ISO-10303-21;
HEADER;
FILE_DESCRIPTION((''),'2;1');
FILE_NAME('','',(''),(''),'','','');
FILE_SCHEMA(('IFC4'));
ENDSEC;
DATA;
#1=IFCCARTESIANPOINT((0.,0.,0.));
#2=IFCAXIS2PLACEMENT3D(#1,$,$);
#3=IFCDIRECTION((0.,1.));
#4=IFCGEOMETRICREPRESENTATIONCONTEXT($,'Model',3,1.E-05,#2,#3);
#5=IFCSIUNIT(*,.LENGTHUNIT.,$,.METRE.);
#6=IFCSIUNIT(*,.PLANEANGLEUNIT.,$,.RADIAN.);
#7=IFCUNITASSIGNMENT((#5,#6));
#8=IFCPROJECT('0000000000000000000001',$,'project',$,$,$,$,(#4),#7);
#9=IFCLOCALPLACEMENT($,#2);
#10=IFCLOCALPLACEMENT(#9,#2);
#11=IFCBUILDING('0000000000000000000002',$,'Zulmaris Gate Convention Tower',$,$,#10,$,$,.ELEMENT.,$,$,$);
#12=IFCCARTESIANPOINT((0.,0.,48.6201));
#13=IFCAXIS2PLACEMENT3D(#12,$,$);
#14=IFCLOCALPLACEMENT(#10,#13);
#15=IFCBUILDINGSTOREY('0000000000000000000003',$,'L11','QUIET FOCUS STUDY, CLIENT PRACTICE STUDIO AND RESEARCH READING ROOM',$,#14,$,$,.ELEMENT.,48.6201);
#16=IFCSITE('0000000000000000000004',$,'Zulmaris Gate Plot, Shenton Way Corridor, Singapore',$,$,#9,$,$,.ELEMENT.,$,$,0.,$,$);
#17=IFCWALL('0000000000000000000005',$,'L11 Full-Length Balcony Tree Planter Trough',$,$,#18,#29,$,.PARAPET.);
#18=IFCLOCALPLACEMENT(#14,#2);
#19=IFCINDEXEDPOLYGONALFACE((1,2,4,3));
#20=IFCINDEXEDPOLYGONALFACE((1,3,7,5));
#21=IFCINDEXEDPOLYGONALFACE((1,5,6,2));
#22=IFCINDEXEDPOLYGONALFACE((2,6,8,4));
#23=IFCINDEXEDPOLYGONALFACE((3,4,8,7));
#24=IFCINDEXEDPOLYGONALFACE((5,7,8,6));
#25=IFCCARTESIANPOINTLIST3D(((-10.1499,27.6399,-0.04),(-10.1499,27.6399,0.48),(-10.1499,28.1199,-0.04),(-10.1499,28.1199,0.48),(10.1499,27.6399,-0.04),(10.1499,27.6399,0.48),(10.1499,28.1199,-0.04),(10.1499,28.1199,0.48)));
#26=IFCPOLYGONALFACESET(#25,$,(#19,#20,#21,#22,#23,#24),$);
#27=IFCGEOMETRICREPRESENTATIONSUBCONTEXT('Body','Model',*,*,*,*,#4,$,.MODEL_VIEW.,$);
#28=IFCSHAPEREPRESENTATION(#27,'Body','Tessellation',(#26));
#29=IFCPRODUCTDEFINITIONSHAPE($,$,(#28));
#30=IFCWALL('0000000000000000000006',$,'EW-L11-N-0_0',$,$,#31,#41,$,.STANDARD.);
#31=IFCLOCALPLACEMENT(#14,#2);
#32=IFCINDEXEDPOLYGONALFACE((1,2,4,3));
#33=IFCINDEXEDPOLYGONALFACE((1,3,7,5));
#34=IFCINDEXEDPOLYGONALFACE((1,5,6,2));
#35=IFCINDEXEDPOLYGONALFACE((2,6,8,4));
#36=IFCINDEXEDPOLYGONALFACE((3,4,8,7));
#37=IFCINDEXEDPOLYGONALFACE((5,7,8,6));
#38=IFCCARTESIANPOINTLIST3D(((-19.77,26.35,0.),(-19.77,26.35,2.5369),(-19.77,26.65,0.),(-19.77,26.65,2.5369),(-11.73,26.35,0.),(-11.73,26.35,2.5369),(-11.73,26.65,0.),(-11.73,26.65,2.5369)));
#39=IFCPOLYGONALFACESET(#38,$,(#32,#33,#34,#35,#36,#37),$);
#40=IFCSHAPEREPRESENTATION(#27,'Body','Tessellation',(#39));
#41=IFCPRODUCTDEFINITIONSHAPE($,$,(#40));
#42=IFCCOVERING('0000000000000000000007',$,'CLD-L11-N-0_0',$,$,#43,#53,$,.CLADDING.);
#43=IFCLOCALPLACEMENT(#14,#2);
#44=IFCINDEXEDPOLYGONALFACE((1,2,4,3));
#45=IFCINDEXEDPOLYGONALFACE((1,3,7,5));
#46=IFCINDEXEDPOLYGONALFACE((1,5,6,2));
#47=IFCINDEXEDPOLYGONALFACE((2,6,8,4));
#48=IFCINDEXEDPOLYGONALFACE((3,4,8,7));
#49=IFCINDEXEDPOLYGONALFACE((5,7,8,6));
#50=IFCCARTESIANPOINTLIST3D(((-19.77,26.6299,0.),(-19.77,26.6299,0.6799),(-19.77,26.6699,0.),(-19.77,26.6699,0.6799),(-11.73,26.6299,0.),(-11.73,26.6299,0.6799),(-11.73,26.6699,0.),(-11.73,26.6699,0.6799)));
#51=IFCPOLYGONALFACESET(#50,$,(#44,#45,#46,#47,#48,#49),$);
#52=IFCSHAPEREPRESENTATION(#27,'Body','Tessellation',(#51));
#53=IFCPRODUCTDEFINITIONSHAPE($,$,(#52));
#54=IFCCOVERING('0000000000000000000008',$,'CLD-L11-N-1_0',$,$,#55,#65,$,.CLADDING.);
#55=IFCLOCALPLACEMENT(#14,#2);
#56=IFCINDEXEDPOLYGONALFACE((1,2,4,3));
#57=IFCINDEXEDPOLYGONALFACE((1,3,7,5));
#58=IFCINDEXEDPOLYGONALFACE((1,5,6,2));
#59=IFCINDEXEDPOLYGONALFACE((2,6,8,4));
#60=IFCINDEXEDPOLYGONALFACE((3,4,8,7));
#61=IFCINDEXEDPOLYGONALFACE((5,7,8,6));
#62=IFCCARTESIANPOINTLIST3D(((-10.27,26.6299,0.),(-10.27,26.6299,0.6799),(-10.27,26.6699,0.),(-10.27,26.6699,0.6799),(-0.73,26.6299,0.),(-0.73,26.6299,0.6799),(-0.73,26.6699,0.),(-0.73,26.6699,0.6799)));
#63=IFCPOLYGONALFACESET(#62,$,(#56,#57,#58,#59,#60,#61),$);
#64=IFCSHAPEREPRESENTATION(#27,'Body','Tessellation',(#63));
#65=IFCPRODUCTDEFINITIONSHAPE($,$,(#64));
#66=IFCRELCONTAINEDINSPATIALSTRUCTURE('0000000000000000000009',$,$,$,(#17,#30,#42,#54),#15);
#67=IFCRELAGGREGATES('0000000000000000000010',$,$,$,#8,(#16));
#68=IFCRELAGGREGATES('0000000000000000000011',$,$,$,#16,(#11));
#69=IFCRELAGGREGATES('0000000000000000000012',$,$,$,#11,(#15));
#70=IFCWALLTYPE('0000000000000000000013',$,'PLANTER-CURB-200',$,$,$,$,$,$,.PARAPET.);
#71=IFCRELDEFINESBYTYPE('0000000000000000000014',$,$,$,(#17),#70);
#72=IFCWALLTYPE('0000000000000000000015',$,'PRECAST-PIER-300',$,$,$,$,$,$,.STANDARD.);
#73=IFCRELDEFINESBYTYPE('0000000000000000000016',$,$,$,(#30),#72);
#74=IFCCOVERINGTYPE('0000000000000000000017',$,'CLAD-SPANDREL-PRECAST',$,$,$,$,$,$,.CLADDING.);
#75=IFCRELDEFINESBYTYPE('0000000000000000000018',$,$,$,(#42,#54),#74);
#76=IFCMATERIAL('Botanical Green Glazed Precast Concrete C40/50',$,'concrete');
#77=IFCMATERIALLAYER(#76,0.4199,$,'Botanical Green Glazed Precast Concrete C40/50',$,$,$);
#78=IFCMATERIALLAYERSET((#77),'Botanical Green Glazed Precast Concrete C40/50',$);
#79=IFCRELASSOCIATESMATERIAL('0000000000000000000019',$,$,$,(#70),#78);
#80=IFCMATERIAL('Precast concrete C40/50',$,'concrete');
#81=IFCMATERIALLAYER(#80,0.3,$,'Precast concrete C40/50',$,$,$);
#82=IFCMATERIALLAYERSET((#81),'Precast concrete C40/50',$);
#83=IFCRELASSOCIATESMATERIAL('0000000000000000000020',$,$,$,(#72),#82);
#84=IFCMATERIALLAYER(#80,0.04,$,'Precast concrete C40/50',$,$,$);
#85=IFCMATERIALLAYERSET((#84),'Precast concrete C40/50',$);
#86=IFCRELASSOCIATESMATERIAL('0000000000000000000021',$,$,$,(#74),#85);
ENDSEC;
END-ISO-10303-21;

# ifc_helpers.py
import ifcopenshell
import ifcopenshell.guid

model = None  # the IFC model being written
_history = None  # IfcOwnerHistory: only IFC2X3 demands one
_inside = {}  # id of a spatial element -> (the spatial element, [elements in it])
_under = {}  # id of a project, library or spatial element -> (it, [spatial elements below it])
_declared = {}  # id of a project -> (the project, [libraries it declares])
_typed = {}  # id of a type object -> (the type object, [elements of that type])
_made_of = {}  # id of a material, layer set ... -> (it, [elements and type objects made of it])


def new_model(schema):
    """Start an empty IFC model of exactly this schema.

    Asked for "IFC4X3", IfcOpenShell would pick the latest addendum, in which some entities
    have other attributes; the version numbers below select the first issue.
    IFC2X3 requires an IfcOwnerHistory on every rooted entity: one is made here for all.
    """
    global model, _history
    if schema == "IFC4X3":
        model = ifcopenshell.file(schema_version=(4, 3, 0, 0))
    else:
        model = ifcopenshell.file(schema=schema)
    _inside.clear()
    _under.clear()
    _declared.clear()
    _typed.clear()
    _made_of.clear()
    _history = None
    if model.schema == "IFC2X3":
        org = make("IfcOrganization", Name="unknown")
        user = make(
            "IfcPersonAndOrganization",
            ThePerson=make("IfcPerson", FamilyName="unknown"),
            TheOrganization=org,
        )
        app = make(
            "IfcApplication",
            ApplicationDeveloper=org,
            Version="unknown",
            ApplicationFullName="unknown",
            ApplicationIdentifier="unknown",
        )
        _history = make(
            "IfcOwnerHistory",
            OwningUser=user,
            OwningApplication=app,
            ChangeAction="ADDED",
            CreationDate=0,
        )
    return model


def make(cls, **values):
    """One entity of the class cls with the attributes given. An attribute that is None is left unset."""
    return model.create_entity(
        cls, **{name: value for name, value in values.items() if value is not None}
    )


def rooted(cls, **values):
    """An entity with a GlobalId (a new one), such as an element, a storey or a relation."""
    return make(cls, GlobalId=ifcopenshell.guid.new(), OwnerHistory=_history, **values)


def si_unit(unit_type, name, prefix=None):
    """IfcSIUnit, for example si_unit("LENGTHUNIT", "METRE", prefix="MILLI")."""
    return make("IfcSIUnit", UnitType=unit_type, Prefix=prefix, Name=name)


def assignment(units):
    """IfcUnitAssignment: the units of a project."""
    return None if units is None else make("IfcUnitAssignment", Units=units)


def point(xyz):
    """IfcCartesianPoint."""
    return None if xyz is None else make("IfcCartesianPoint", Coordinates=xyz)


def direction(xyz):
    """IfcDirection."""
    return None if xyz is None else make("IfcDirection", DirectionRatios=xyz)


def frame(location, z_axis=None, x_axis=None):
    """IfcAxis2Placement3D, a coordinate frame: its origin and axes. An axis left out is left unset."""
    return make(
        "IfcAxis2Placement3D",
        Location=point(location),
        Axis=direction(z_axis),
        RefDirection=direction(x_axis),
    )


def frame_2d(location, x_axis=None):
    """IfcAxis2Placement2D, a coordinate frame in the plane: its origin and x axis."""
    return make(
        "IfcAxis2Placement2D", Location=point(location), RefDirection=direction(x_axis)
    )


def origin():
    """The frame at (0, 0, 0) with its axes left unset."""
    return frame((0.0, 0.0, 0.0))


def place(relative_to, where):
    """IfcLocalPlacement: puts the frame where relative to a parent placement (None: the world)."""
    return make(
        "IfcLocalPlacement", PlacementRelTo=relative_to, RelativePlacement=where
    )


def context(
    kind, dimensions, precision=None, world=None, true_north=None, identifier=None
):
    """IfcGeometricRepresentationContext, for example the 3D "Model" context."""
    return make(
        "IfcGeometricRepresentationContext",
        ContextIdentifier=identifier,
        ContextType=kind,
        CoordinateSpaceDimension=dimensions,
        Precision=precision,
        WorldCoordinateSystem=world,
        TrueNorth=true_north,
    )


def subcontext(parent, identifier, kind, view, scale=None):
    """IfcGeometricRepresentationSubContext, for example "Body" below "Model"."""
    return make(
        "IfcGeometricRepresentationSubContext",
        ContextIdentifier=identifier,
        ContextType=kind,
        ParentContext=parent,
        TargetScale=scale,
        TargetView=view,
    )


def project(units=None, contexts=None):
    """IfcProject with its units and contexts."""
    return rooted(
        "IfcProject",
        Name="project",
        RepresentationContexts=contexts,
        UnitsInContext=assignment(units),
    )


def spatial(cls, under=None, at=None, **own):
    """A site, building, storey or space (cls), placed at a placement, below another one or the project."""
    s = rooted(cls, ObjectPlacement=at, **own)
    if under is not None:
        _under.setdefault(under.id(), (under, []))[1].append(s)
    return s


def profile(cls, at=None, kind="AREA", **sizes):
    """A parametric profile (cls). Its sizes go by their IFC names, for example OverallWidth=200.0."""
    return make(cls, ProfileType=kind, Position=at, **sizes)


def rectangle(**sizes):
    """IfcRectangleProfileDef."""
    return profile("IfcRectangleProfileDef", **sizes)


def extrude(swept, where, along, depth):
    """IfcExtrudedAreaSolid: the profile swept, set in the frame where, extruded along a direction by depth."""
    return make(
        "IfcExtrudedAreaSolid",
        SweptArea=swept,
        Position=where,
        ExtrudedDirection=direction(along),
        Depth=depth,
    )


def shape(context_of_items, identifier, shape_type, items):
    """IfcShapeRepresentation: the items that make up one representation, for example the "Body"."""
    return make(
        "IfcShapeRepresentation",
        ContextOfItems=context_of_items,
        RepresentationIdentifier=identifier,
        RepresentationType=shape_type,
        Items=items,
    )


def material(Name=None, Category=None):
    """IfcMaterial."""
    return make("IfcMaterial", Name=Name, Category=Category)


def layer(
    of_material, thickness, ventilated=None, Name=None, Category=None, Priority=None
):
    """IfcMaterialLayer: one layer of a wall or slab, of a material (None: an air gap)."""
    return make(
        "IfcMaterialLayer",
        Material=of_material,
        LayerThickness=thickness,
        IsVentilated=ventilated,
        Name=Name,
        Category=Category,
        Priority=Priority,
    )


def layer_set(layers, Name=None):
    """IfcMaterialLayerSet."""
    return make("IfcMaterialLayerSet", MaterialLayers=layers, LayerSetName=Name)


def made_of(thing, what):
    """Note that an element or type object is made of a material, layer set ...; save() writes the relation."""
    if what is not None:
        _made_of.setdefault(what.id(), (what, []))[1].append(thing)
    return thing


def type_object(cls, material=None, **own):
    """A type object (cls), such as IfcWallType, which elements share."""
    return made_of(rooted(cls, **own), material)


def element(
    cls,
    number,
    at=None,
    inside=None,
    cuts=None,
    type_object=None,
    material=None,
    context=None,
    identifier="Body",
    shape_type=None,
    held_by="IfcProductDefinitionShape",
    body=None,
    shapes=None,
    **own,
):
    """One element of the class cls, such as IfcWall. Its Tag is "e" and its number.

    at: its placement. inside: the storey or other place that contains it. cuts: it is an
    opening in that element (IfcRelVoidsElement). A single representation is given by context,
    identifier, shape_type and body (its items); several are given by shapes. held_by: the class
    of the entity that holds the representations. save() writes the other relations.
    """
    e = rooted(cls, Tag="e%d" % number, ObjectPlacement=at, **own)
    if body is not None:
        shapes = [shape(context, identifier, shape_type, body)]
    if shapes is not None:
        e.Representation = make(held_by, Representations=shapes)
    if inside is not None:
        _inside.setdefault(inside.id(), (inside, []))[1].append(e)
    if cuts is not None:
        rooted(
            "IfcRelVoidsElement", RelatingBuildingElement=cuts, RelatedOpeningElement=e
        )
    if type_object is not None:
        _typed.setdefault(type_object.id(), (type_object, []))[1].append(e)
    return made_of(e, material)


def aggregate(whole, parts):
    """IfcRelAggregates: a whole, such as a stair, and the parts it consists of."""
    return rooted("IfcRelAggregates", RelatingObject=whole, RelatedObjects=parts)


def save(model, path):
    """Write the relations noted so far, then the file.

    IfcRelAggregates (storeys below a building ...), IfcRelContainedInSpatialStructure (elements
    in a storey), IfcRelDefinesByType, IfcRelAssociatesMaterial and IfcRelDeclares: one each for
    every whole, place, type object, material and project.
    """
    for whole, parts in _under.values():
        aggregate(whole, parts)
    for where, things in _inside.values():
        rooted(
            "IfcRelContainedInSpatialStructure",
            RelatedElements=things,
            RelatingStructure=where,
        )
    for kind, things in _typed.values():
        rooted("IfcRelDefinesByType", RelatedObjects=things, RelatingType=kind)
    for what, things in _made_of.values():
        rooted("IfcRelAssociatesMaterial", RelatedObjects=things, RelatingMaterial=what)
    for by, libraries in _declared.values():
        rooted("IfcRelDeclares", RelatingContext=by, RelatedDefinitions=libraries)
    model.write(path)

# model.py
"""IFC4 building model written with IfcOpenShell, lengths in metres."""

from ifc_helpers import new_model, si_unit, direction, frame, frame_2d, origin, place, context, subcontext, project, spatial, rectangle, extrude, material, layer, layer_set, type_object, element, save


model = new_model("IFC4")

# Units and contexts
model_context = context("Model", 3, precision=1e-05, world=origin(), true_north=direction((0.0, 1.0)))
body_context = subcontext(model_context, "Body", "Model", "MODEL_VIEW")
ifc_project = project(units=[si_unit("LENGTHUNIT", "METRE"), si_unit("PLANEANGLEUNIT", "RADIAN")], contexts=[model_context])

# Site, building, storey
site_placement = place(None, origin())
site = spatial("IfcSite", under=ifc_project, at=site_placement, Name="Zulmaris Gate Plot, Shenton Way Corridor, Singapore", CompositionType="ELEMENT", RefElevation=0.0)
building_placement = place(site_placement, origin())
building = spatial("IfcBuilding", under=site, at=building_placement, Name="Zulmaris Gate Convention Tower", CompositionType="ELEMENT")
storey_placement = place(building_placement, frame((0.0, 0.0, 48.6201)))
storey = spatial("IfcBuildingStorey", under=building, at=storey_placement, Name="L11", Description="QUIET FOCUS STUDY, CLIENT PRACTICE STUDIO AND RESEARCH READING ROOM", CompositionType="ELEMENT", Elevation=48.6201)

# Walls
ifc_material_1 = material(Name="Botanical Green Glazed Precast Concrete C40/50", Category="concrete")
ifc_layer_1 = layer(ifc_material_1, 0.4199, Name="Botanical Green Glazed Precast Concrete C40/50")
ifc_layer_set_1 = layer_set([ifc_layer_1], Name="Botanical Green Glazed Precast Concrete C40/50")
wall_type_1 = type_object("IfcWallType", Name="PLANTER-CURB-200", PredefinedType="PARAPET", material=ifc_layer_set_1)
wall_1_placement = place(storey_placement, frame((-10.1499, 27.8799, -0.04), z_axis=(0.0, 0.0, 1.0), x_axis=(1.0, 0.0, 0.0)))
element("IfcWall", 1, at=wall_1_placement, inside=storey, type_object=wall_type_1, Name="L11 Full-Length Balcony Tree Planter Trough", PredefinedType="PARAPET", context=body_context, shape_type="SweptSolid", body=[
    extrude(rectangle(XDim=20.2998, YDim=0.48, at=frame_2d((10.1499, 0.0))), origin(), (0.0, 0.0, 1.0), 0.52),
])
ifc_material_2 = material(Name="Precast concrete C40/50", Category="concrete")
ifc_layer_2 = layer(ifc_material_2, 0.3, Name="Precast concrete C40/50")
ifc_layer_set_2 = layer_set([ifc_layer_2], Name="Precast concrete C40/50")
wall_type_2 = type_object("IfcWallType", Name="PRECAST-PIER-300", PredefinedType="STANDARD", material=ifc_layer_set_2)
wall_2_placement = place(storey_placement, frame((-11.73, 26.5, 0.0), z_axis=(0.0, 0.0, 1.0), x_axis=(-1.0, 0.0, 0.0)))
element("IfcWall", 2, at=wall_2_placement, inside=storey, type_object=wall_type_2, Name="EW-L11-N-0_0", PredefinedType="STANDARD", context=body_context, shape_type="SweptSolid", body=[
    extrude(rectangle(XDim=8.04, YDim=0.3, at=frame_2d((4.02, 0.0))), origin(), (0.0, 0.0, 1.0), 2.5369),
])

# Coverings
ifc_layer_3 = layer(ifc_material_2, 0.04, Name="Precast concrete C40/50")
ifc_layer_set_3 = layer_set([ifc_layer_3], Name="Precast concrete C40/50")
covering_type = type_object("IfcCoveringType", Name="CLAD-SPANDREL-PRECAST", PredefinedType="CLADDING", material=ifc_layer_set_3)
covering_1_placement = place(storey_placement, frame((-11.73, 26.6499, 0.0), z_axis=(0.0, 0.0, 1.0), x_axis=(-1.0, 0.0, 0.0)))
element("IfcCovering", 3, at=covering_1_placement, inside=storey, type_object=covering_type, Name="CLD-L11-N-0_0", PredefinedType="CLADDING", context=body_context, shape_type="SweptSolid", body=[
    extrude(rectangle(XDim=8.04, YDim=0.04, at=frame_2d((4.02, 0.0))), origin(), (0.0, 0.0, 1.0), 0.6799),
])
covering_2_placement = place(storey_placement, frame((-0.73, 26.6499, 0.0), z_axis=(0.0, 0.0, 1.0), x_axis=(-1.0, 0.0, 0.0)))
element("IfcCovering", 4, at=covering_2_placement, inside=storey, type_object=covering_type, Name="CLD-L11-N-1_0", PredefinedType="CLADDING", context=body_context, shape_type="SweptSolid", body=[
    extrude(rectangle(XDim=9.54, YDim=0.04, at=frame_2d((4.77, 0.0))), origin(), (0.0, 0.0, 1.0), 0.6799),
])

save(model, "model.ifc")
